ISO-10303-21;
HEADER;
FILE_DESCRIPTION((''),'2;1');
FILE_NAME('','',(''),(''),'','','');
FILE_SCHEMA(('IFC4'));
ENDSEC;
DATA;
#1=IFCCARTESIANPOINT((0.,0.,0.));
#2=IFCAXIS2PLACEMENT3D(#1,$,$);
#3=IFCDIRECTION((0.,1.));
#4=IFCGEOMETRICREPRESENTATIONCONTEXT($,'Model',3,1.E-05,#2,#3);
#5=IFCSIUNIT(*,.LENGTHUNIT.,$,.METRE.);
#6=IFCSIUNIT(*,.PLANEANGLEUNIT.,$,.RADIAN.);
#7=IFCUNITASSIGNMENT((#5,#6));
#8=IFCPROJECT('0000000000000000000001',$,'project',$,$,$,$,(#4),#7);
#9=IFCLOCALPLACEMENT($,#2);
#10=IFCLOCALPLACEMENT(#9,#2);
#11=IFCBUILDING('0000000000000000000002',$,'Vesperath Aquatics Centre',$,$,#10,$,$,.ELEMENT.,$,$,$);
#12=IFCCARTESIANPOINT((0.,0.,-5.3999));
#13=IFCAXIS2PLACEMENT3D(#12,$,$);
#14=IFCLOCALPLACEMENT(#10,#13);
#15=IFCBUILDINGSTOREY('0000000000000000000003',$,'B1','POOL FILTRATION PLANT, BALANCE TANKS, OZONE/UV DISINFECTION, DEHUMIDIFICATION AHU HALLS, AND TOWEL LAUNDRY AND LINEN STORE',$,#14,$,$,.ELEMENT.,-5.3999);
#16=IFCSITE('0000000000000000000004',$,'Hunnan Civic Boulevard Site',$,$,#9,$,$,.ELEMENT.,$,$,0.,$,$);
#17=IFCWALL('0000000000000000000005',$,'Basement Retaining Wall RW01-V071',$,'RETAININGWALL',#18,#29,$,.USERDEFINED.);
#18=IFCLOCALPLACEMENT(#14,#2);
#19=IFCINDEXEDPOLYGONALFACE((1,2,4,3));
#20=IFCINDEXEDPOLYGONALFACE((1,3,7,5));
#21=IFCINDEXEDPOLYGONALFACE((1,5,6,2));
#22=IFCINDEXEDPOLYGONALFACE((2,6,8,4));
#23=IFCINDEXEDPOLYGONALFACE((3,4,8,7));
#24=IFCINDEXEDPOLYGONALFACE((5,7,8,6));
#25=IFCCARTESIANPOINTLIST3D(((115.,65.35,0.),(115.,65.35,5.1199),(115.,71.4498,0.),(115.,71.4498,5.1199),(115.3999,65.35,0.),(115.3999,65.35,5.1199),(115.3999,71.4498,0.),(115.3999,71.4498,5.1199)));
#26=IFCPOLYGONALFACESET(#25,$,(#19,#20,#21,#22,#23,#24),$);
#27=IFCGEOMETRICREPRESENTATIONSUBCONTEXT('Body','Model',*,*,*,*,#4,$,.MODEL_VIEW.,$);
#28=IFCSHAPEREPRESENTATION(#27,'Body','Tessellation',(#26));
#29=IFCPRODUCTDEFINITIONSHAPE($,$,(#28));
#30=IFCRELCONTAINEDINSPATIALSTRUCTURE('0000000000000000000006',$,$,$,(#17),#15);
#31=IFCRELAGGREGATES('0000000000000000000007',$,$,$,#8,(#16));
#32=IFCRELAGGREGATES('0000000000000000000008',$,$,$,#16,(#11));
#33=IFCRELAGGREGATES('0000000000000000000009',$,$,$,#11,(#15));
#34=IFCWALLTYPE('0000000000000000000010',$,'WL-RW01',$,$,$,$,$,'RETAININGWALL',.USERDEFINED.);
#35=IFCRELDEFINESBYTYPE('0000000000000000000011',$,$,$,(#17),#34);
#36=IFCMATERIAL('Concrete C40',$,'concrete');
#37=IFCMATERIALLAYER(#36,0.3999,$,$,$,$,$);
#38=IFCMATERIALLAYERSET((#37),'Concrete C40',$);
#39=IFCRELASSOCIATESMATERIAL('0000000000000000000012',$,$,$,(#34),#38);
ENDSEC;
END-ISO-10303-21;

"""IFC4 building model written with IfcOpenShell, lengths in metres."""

from ifc_helpers import new_model, si_unit, direction, frame, frame_2d, origin, place, context, subcontext, project, spatial, rectangle, extrude, material, layer, layer_set, type_object, element, save


model = new_model("IFC4")

# Units and contexts
model_context = context("Model", 3, precision=1e-05, world=origin(), true_north=direction((0.0, 1.0)))
body_context = subcontext(model_context, "Body", "Model", "MODEL_VIEW")
ifc_project = project(units=[si_unit("LENGTHUNIT", "METRE"), si_unit("PLANEANGLEUNIT", "RADIAN")], contexts=[model_context])

# Site, building, storey
site_placement = place(None, origin())
site = spatial("IfcSite", under=ifc_project, at=site_placement, Name="Hunnan Civic Boulevard Site", CompositionType="ELEMENT", RefElevation=0.0)
building_placement = place(site_placement, origin())
building = spatial("IfcBuilding", under=site, at=building_placement, Name="Vesperath Aquatics Centre", CompositionType="ELEMENT")
storey_placement = place(building_placement, frame((0.0, 0.0, -5.3999)))
storey = spatial("IfcBuildingStorey", under=building, at=storey_placement, Name="B1", Description="POOL FILTRATION PLANT, BALANCE TANKS, OZONE/UV DISINFECTION, DEHUMIDIFICATION AHU HALLS, AND TOWEL LAUNDRY AND LINEN STORE", CompositionType="ELEMENT", Elevation=-5.3999)

# Shared definitions
ifc_material_1 = material(Name="Concrete C40", Category="concrete")

# Wall
ifc_layer_1 = layer(ifc_material_1, 0.3999)
ifc_layer_set_1 = layer_set([ifc_layer_1], Name="Concrete C40")
wall_type_1 = type_object("IfcWallType", Name="WL-RW01", ElementType="RETAININGWALL", PredefinedType="USERDEFINED", material=ifc_layer_set_1)
wall_1_placement = place(storey_placement, frame((115.2, 65.3501, 0.0), z_axis=(0.0, 0.0, 1.0), x_axis=(0.0, 1.0, 0.0)))
element("IfcWall", 1, at=wall_1_placement, inside=storey, type_object=wall_type_1, Name="Basement Retaining Wall RW01-V071", ObjectType="RETAININGWALL", PredefinedType="USERDEFINED", context=body_context, shape_type="SweptSolid", body=[
    extrude(rectangle(XDim=6.0999, YDim=0.3999, at=frame_2d((3.0498, 0.0))), origin(), (0.0, 0.0, 1.0), 5.1199),
])

save(model, "model.ifc")
